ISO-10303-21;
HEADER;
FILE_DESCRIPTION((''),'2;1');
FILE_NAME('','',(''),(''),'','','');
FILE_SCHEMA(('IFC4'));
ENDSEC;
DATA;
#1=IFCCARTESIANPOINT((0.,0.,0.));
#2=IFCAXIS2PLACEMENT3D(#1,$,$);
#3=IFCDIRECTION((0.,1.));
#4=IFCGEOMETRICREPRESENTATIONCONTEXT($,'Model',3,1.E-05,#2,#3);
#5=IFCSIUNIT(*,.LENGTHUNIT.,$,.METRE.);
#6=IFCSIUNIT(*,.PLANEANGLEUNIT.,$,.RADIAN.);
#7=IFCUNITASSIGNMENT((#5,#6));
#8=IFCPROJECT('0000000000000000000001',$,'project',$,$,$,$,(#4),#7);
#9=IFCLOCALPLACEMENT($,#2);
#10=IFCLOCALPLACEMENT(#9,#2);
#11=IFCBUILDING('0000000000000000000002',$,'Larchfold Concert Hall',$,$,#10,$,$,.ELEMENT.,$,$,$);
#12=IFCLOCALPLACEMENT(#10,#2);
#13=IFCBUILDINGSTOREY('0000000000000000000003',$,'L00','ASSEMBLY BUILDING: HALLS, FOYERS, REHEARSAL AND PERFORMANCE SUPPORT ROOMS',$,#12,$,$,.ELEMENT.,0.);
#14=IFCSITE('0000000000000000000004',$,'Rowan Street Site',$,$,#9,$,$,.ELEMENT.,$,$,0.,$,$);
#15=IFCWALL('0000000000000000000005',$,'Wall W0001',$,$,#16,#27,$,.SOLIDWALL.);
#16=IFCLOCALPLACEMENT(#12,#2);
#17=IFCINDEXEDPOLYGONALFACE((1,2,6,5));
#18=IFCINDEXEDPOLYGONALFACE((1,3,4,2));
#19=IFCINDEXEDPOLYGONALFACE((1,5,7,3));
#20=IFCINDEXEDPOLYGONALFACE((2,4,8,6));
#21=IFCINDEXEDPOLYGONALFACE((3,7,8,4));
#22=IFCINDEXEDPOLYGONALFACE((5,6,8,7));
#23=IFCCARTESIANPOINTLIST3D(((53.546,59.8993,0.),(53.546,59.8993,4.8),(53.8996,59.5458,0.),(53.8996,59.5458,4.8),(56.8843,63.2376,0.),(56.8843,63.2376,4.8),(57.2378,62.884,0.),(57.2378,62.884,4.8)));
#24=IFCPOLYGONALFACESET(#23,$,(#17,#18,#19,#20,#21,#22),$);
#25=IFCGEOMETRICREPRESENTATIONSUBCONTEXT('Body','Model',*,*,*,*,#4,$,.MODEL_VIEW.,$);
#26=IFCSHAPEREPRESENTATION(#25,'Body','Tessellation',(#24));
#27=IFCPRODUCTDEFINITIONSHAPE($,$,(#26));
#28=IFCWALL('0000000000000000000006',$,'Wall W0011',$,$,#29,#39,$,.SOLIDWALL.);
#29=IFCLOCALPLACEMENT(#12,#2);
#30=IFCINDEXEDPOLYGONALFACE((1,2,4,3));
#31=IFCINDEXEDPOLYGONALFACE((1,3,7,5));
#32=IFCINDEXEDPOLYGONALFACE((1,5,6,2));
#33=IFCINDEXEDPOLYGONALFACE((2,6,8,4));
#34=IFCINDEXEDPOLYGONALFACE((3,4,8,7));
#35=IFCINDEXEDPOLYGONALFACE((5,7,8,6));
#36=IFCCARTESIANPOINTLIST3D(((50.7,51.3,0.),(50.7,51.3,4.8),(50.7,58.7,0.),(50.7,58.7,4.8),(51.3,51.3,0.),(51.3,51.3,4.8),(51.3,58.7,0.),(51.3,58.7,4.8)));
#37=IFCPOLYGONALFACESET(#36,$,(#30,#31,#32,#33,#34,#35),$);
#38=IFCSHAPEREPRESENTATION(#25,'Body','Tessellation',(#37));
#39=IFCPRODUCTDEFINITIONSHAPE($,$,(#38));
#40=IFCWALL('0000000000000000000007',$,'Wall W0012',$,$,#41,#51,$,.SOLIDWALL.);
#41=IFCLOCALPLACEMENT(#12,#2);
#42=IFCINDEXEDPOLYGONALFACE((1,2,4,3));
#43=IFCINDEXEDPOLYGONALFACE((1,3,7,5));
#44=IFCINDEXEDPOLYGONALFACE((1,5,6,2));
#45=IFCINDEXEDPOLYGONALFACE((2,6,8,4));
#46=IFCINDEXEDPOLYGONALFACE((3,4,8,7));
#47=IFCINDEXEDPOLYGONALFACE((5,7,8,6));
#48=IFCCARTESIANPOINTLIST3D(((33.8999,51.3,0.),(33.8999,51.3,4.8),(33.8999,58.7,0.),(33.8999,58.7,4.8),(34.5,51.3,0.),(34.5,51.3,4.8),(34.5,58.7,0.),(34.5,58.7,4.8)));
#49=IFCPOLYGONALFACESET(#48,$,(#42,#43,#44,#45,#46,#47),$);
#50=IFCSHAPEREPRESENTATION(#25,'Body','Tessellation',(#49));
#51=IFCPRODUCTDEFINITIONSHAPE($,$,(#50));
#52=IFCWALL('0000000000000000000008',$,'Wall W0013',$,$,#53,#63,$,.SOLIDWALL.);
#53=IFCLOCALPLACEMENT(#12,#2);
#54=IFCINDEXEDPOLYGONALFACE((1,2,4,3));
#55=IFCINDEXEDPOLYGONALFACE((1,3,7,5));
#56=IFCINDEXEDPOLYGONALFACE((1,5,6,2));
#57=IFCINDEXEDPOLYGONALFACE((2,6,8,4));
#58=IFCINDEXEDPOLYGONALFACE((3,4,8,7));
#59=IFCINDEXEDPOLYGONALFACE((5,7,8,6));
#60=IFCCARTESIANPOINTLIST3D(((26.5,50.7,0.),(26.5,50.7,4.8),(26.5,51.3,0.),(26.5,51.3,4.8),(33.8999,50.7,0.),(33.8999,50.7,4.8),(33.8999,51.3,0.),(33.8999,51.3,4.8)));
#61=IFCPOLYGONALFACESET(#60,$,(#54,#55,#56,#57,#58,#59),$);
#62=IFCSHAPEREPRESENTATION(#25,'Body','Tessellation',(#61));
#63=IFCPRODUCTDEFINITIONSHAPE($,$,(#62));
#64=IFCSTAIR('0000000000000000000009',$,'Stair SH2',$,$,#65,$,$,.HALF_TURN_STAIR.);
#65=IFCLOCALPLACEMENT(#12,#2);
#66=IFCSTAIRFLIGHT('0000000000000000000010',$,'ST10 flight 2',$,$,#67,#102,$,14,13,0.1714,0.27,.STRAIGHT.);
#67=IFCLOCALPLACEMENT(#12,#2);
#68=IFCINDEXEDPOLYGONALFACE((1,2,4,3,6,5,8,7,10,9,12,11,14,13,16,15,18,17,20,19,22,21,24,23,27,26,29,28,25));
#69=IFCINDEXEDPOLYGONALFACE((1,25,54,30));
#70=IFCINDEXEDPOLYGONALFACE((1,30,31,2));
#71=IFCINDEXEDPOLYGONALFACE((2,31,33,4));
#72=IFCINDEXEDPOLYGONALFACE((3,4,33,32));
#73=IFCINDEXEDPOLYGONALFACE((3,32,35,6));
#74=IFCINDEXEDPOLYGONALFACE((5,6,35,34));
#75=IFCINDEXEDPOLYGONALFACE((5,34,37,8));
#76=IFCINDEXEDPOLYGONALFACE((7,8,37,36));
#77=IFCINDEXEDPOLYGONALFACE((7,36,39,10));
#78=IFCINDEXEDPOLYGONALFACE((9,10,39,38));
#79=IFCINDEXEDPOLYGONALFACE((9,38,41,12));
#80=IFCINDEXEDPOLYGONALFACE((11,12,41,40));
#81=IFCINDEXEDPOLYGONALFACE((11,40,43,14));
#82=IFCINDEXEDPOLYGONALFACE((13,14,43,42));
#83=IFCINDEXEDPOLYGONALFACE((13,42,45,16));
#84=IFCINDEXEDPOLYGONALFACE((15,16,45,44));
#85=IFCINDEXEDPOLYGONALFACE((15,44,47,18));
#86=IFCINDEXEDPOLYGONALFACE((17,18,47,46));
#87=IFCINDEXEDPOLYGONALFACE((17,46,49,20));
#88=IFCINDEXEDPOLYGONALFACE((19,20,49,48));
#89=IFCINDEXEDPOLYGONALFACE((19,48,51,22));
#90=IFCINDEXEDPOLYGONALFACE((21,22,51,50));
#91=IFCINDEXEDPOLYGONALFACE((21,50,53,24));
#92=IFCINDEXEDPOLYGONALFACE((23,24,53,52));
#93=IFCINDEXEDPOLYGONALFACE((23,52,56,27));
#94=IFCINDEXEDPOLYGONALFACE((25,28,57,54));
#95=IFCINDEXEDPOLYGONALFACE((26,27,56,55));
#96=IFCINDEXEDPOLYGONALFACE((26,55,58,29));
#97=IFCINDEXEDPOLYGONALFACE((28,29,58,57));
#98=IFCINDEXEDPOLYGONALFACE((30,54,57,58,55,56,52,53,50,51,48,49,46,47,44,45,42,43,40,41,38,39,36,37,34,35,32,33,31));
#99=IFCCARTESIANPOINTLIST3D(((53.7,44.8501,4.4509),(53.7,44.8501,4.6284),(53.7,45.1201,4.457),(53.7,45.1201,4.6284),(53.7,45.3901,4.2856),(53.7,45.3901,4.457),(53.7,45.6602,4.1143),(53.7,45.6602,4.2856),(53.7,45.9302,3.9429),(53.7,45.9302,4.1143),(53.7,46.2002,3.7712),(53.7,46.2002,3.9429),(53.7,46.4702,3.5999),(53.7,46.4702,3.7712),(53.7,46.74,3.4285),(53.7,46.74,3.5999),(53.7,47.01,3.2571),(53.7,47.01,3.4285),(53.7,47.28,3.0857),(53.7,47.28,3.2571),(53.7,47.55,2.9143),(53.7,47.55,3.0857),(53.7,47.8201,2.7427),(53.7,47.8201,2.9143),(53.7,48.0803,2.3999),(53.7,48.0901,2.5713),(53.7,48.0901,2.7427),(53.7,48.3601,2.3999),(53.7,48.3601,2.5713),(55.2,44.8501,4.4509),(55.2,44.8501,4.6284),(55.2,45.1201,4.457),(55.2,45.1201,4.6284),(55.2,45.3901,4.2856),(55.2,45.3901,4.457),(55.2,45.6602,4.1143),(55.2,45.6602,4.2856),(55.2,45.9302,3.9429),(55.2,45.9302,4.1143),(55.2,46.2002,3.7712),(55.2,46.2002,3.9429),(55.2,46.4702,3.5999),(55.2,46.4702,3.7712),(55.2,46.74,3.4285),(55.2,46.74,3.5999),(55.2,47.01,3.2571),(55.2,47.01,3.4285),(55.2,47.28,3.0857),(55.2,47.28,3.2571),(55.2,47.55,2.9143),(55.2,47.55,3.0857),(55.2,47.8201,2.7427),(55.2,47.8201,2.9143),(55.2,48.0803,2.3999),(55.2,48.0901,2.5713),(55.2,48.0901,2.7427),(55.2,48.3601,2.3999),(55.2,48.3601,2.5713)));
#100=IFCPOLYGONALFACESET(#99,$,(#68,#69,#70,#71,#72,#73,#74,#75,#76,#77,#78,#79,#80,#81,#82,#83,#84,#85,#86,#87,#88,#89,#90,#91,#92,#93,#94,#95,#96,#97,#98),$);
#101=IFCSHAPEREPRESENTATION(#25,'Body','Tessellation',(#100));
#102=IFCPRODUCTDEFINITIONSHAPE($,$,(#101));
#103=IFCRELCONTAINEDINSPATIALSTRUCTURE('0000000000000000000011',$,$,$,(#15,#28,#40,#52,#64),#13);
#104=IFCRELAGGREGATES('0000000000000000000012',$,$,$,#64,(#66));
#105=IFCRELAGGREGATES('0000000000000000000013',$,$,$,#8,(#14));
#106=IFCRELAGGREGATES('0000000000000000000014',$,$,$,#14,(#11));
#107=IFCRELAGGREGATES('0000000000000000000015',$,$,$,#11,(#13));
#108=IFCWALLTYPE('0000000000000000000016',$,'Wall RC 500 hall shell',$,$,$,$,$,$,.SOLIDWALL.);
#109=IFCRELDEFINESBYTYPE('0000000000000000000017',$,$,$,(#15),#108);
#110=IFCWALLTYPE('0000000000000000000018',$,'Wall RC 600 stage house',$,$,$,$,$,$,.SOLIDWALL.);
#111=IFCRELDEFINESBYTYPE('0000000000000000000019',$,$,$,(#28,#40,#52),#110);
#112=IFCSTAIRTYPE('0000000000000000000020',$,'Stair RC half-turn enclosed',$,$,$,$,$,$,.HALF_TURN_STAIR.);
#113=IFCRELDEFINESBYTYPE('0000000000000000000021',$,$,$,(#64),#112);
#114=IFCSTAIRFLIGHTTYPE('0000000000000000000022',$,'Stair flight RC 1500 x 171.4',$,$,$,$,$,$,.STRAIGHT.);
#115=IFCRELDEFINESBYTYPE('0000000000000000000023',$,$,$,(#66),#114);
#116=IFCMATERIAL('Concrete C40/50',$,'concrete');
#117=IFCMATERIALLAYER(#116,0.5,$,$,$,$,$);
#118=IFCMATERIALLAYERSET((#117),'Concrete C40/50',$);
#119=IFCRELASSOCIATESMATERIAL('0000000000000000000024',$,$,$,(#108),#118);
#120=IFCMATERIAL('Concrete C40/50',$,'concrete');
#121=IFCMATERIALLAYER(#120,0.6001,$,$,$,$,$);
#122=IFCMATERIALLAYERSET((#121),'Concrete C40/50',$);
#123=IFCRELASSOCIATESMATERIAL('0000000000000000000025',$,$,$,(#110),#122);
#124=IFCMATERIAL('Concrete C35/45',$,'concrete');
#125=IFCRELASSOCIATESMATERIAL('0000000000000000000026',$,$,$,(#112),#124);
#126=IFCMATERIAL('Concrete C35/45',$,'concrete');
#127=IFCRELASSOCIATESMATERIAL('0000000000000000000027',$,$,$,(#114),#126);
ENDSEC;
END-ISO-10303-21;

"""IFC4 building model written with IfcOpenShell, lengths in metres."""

from ifc_helpers import new_model, si_unit, direction, frame, frame_2d, origin, place, context, subcontext, project, spatial, polyline, rectangle, outline, extrude, material, layer, layer_set, type_object, element, aggregate, save


model = new_model("IFC4")

# Units and contexts
model_context = context("Model", 3, precision=1e-05, world=origin(), true_north=direction((0.0, 1.0)))
body_context = subcontext(model_context, "Body", "Model", "MODEL_VIEW")
ifc_project = project(units=[si_unit("LENGTHUNIT", "METRE"), si_unit("PLANEANGLEUNIT", "RADIAN")], contexts=[model_context])

# Site, building, storey
site_placement = place(None, origin())
site = spatial("IfcSite", under=ifc_project, at=site_placement, Name="Rowan Street Site", CompositionType="ELEMENT", RefElevation=0.0)
building_placement = place(site_placement, origin())
building = spatial("IfcBuilding", under=site, at=building_placement, Name="Larchfold Concert Hall", CompositionType="ELEMENT")
storey_placement = place(building_placement, origin())
storey = spatial("IfcBuildingStorey", under=building, at=storey_placement, Name="L00", Description="ASSEMBLY BUILDING: HALLS, FOYERS, REHEARSAL AND PERFORMANCE SUPPORT ROOMS", CompositionType="ELEMENT", Elevation=0.0)

# Walls
ifc_material_1 = material(Name="Concrete C40/50", Category="concrete")
ifc_layer_1 = layer(ifc_material_1, 0.5)
ifc_layer_set_1 = layer_set([ifc_layer_1], Name="Concrete C40/50")
wall_type_1 = type_object("IfcWallType", Name="Wall RC 500 hall shell", PredefinedType="SOLIDWALL", material=ifc_layer_set_1)
wall_1_placement = place(storey_placement, frame((53.7229, 59.7227, 0.0), z_axis=(0.0, 0.0, 1.0), x_axis=(0.707107, 0.707107, 0.0)))
element("IfcWall", 1, at=wall_1_placement, inside=storey, type_object=wall_type_1, Name="Wall W0001", PredefinedType="SOLIDWALL", context=body_context, shape_type="SweptSolid", body=[
    extrude(rectangle(XDim=4.7209, YDim=0.5, at=frame_2d((2.3604, 0.0))), origin(), (0.0, 0.0, 1.0), 4.8),
])
ifc_material_2 = material(Name="Concrete C40/50", Category="concrete")
ifc_layer_2 = layer(ifc_material_2, 0.6001)
ifc_layer_set_2 = layer_set([ifc_layer_2], Name="Concrete C40/50")
wall_type_2 = type_object("IfcWallType", Name="Wall RC 600 stage house", PredefinedType="SOLIDWALL", material=ifc_layer_set_2)
for number, where, z_axis, x_axis, name in (
    (2, (51.0, 51.3, 0.0), (0.0, 0.0, 1.0), (0.0, 1.0, 0.0), "Wall W0011"),
    (3, (34.2, 58.7, 0.0), (0.0, 0.0, 1.0), (0.0, -1.0, 0.0), "Wall W0012"),
    (4, (33.8999, 51.0, 0.0), (0.0, 0.0, 1.0), (-1.0, 0.0, 0.0), "Wall W0013"),
):
    element("IfcWall", number, at=place(storey_placement, frame(where, z_axis=z_axis, x_axis=x_axis)), inside=storey, type_object=wall_type_2, Name=name, PredefinedType="SOLIDWALL", context=body_context, shape_type="SweptSolid", body=[
        extrude(rectangle(XDim=7.3999, YDim=0.6001, at=frame_2d((3.7, 0.0))), origin(), (0.0, 0.0, 1.0), 4.8),
    ])

# Stair, stair flight
ifc_material_3 = material(Name="Concrete C35/45", Category="concrete")
stair_type = type_object("IfcStairType", Name="Stair RC half-turn enclosed", PredefinedType="HALF_TURN_STAIR", material=ifc_material_3)
stair_placement = place(storey_placement, origin())
stair = element("IfcStair", 5, at=stair_placement, inside=storey, type_object=stair_type, Name="Stair SH2", PredefinedType="HALF_TURN_STAIR")
ifc_material_4 = material(Name="Concrete C35/45", Category="concrete")
stair_flight_type = type_object("IfcStairFlightType", Name="Stair flight RC 1500 x 171.4", PredefinedType="STRAIGHT", material=ifc_material_4)
stair_flight_placement = place(storey_placement, frame((54.45, 48.3601, 2.3999), z_axis=(0.0, 0.0, 1.0), x_axis=(0.0, -1.0, 0.0)))
stair_flight = element("IfcStairFlight", 6, at=stair_flight_placement, type_object=stair_flight_type, Name="ST10 flight 2", NumberOfRisers=14, NumberOfTreads=13, PredefinedType="STRAIGHT", RiserHeight=0.1714, TreadLength=0.27, context=body_context, shape_type="SweptSolid", body=[
    extrude(outline(polyline([(0.0, 0.0), (0.0, 0.1714), (0.27, 0.1714), (0.27, 0.3428), (0.54, 0.3428), (0.54, 0.5144), (0.8101, 0.5144), (0.8101, 0.6858), (1.0801, 0.6858), (1.0801, 0.8572), (1.3501, 0.8572), (1.3501, 1.0286), (1.6201, 1.0286), (1.6201, 1.2), (1.8899, 1.2), (1.8899, 1.3713), (2.1599, 1.3713), (2.1599, 1.543), (2.4299, 1.543), (2.4299, 1.7144), (2.7, 1.7144), (2.7, 1.8857), (2.97, 1.8857), (2.97, 2.0571), (3.24, 2.0571), (3.24, 2.2285), (3.51, 2.2285), (3.51, 2.3999), (3.51, 2.051), (0.2798, 0.0), (0.0, 0.0)])), frame((0.0, 0.75, 0.0), z_axis=(0.0, -1.0, 0.0), x_axis=(1.0, 0.0, 0.0)), (0.0, 0.0, 1.0), 1.5),
])
aggregate(stair, [stair_flight])

save(model, "model.ifc")
